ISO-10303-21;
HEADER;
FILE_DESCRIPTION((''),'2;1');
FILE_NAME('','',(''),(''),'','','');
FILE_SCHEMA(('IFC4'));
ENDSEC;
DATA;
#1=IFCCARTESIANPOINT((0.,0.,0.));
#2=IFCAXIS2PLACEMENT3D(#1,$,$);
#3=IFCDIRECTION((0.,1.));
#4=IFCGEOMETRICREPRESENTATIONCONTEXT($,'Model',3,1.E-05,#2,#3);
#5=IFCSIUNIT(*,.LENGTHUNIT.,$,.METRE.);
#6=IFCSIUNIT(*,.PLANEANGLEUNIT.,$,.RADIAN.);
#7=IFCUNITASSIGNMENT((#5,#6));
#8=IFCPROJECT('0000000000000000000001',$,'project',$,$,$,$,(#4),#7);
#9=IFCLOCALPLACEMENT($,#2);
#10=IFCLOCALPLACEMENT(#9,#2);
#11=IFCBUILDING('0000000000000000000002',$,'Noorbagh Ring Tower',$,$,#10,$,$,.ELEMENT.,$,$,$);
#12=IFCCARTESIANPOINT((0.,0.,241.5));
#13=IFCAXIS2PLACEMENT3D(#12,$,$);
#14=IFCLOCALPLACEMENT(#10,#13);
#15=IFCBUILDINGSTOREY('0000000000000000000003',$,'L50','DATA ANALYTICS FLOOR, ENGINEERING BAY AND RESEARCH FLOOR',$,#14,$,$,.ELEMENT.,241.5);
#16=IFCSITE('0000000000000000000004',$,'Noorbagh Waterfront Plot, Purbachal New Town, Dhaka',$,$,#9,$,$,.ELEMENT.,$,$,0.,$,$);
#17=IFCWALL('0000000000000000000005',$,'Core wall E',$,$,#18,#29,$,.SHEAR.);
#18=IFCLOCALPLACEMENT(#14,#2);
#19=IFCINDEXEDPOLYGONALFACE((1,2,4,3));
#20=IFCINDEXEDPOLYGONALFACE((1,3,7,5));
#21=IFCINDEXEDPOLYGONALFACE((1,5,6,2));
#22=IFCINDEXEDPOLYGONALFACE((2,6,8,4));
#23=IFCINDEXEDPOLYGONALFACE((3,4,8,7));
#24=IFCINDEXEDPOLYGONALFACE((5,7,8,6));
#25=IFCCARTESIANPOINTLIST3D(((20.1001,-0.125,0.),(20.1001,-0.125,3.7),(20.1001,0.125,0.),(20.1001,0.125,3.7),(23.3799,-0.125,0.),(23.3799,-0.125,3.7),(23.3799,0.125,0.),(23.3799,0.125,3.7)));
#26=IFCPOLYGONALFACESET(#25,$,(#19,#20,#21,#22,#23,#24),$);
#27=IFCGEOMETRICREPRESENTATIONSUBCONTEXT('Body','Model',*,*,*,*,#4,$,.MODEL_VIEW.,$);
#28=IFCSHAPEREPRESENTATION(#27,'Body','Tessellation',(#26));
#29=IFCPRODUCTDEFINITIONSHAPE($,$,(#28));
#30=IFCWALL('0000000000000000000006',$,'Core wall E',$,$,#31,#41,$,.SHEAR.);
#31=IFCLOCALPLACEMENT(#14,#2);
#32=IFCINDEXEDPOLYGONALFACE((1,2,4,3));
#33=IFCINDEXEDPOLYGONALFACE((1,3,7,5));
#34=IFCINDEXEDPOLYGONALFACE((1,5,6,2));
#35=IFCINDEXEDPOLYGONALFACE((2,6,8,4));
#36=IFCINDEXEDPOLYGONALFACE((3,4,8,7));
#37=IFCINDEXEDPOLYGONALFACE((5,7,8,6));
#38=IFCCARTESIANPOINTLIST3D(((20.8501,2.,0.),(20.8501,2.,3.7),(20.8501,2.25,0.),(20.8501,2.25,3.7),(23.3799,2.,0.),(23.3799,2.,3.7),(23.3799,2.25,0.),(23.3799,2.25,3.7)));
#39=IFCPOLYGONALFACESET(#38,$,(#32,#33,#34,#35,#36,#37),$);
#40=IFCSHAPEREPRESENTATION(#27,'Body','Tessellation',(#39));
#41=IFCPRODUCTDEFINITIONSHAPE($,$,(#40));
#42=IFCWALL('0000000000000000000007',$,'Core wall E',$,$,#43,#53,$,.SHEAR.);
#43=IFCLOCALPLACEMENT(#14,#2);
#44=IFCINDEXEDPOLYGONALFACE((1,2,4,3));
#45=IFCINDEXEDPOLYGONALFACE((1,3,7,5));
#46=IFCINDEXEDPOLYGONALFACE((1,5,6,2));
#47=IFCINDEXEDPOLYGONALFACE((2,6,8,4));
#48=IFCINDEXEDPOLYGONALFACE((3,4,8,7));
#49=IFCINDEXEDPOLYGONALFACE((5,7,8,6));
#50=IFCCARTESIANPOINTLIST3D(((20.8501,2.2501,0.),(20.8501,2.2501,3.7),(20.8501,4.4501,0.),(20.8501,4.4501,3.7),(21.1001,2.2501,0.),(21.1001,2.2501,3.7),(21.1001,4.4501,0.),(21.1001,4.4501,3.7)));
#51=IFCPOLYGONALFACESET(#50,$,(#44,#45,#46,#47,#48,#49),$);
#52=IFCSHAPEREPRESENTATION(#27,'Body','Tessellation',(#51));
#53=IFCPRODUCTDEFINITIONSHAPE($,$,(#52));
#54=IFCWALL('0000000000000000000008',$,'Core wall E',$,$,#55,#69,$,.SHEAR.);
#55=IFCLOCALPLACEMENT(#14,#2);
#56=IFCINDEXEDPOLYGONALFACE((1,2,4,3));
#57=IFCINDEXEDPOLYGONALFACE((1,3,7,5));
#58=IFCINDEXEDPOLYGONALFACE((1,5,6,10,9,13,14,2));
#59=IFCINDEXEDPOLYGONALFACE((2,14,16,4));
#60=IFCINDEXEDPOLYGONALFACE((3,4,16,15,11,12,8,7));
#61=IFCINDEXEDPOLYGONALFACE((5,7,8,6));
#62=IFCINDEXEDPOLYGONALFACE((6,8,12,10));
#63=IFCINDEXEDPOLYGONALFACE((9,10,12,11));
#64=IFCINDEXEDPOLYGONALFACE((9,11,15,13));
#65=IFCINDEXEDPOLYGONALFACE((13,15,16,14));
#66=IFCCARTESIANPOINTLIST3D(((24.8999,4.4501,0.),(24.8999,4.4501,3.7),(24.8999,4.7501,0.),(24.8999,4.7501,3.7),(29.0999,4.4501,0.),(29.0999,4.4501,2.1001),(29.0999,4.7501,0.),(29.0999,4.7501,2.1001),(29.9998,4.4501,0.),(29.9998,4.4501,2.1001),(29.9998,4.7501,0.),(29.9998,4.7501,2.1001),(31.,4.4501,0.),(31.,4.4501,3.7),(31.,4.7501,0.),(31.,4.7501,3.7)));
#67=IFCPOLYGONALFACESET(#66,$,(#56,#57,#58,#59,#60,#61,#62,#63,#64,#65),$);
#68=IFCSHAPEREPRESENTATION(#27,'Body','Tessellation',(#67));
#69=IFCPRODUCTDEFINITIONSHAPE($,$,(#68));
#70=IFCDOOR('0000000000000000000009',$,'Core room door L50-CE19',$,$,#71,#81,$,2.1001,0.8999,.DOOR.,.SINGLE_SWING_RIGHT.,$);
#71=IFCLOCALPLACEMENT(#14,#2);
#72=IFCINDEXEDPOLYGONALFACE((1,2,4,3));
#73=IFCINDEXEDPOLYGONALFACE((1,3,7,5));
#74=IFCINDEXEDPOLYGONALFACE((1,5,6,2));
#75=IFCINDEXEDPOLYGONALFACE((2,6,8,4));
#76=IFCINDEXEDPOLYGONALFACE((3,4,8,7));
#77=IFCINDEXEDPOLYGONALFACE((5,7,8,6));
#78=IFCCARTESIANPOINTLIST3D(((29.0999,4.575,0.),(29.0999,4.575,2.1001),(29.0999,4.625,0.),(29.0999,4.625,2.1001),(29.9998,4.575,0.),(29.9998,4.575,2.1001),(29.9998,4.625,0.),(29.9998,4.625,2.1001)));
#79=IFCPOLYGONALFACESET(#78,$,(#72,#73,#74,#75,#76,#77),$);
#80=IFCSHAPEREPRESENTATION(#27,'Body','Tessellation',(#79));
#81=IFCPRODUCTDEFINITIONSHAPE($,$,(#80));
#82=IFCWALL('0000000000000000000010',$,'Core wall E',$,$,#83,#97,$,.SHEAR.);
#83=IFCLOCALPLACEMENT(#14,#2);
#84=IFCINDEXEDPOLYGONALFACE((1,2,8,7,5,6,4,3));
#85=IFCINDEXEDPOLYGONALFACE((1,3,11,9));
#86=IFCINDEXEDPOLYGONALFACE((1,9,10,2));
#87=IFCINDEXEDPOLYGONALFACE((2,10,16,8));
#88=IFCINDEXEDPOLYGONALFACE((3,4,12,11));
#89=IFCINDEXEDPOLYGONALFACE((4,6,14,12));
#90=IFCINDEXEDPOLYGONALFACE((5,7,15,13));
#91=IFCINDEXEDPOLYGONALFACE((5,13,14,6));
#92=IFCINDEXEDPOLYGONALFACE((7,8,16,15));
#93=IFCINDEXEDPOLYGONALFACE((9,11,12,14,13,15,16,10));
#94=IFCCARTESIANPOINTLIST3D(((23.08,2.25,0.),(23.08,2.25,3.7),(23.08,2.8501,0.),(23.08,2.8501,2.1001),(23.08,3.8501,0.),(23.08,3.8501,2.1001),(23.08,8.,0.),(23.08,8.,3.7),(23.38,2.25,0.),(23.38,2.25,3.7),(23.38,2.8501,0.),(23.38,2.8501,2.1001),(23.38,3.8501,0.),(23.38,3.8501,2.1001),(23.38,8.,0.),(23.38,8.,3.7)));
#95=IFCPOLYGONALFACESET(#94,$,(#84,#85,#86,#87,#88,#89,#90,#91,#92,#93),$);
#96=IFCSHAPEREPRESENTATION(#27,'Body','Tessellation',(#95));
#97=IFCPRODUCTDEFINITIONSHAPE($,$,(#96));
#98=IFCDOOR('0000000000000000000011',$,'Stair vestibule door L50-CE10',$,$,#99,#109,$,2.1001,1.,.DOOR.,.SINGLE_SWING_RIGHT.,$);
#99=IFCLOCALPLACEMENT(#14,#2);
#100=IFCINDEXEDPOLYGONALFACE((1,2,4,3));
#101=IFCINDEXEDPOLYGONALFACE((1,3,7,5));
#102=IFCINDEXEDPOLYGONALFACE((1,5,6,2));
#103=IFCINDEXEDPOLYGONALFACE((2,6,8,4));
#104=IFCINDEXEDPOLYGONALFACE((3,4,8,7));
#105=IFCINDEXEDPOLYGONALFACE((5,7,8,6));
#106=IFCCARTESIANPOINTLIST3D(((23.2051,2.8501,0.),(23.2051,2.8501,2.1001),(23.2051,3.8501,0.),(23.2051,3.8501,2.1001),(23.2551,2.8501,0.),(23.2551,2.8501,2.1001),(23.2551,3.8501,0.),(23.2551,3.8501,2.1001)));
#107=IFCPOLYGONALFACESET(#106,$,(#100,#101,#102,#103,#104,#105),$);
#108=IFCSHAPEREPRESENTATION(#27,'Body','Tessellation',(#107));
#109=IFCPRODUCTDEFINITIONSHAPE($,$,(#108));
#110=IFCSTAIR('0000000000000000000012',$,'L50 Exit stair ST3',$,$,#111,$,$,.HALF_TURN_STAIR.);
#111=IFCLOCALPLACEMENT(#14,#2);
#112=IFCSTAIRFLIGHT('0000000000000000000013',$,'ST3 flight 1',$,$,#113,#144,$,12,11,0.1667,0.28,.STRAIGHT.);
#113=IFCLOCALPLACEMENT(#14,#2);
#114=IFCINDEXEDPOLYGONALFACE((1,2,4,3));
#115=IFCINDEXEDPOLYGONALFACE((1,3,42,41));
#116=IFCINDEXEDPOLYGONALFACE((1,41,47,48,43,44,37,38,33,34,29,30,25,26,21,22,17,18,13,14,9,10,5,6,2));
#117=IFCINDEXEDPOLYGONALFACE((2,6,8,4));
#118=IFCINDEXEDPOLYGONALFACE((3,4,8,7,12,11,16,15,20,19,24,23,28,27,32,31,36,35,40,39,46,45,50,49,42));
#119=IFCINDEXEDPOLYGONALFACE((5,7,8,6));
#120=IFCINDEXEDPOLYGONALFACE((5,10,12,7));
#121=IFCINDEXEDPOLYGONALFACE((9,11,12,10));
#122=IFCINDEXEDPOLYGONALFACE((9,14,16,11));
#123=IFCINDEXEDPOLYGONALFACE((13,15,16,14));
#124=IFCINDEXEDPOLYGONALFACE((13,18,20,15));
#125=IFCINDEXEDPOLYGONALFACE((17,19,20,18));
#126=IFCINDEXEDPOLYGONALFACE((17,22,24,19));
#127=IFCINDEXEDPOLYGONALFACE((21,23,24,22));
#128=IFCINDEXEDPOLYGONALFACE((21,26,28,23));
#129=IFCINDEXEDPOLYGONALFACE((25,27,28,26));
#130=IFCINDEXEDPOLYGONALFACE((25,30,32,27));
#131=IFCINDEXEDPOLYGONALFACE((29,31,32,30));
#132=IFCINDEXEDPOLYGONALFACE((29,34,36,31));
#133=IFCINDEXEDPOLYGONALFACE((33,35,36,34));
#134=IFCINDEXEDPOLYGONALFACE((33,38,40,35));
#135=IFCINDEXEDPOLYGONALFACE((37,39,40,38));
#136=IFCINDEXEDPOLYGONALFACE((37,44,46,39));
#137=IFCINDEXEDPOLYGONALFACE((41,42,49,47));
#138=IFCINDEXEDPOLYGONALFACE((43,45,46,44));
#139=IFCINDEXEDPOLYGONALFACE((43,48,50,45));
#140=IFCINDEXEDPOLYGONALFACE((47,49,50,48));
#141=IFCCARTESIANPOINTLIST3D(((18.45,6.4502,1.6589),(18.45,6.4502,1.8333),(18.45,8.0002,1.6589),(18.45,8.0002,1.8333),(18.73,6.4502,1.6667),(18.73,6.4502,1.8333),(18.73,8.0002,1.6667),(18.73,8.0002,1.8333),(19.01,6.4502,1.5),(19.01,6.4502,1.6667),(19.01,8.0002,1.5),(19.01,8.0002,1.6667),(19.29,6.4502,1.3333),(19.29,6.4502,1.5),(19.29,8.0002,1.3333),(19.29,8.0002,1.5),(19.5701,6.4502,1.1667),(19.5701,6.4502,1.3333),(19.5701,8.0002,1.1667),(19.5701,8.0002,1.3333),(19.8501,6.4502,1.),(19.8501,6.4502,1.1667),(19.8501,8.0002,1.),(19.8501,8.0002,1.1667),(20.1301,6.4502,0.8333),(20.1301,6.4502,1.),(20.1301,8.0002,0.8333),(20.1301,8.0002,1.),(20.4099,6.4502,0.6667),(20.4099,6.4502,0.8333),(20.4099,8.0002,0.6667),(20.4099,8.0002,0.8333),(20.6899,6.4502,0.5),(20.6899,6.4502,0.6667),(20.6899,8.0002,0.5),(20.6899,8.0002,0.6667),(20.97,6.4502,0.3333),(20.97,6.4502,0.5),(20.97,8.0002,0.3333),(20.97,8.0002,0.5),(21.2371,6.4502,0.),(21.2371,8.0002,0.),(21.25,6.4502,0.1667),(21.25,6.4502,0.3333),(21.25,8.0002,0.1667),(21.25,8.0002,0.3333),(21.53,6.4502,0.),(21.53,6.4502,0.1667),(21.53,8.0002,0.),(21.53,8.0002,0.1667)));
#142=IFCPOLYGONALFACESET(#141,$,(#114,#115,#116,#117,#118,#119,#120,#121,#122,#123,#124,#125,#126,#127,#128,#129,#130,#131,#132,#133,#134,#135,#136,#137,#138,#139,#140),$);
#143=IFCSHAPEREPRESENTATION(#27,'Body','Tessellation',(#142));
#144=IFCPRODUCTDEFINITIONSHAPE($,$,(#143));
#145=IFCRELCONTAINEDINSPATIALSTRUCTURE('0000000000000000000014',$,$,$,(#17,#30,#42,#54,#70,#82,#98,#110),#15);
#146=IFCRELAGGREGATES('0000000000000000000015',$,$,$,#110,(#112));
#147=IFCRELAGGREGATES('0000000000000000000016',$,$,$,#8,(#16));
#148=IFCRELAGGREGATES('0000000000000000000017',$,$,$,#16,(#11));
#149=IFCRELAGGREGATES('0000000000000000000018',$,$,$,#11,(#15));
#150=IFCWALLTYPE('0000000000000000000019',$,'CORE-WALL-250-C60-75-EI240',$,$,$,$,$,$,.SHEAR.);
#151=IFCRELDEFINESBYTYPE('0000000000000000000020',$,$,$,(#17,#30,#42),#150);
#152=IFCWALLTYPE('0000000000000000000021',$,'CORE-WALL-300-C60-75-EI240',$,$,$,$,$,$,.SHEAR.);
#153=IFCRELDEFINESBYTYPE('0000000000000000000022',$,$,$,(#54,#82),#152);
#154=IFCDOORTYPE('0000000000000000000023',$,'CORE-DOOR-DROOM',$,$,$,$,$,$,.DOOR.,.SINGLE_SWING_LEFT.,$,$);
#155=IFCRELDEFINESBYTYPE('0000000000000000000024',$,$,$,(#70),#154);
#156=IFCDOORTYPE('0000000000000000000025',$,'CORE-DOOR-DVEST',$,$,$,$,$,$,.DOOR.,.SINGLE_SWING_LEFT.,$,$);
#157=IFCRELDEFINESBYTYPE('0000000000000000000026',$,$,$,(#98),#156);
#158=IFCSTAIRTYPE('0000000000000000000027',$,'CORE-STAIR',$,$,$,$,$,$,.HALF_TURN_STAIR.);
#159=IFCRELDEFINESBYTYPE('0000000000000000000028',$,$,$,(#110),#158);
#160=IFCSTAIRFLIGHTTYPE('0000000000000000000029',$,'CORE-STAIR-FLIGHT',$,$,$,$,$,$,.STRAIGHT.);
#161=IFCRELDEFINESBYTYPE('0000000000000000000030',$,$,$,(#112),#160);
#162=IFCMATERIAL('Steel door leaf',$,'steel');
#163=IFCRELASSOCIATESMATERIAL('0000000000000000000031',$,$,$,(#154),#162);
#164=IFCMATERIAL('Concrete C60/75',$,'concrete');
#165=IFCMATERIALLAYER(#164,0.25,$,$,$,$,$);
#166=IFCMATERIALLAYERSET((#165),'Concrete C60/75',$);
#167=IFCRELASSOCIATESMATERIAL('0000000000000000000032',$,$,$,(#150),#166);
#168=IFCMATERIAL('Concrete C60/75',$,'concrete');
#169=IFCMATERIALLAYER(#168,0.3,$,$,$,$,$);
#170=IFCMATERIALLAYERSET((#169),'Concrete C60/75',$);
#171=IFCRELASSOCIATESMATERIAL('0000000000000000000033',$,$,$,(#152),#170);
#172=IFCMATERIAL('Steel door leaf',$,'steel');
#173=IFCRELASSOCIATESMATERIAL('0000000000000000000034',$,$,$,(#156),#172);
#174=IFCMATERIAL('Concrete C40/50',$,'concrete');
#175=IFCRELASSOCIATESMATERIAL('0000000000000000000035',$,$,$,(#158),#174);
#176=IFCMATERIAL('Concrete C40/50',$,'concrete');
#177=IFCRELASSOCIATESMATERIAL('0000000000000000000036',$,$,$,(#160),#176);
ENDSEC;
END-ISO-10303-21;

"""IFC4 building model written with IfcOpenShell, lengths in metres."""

from ifc_helpers import new_model, si_unit, direction, frame, frame_2d, origin, place, context, subcontext, project, spatial, polyline, rectangle, outline, extrude, material, layer, layer_set, type_object, element, fill, aggregate, save


model = new_model("IFC4")

# Units and contexts
model_context = context("Model", 3, precision=1e-05, world=origin(), true_north=direction((0.0, 1.0)))
body_context = subcontext(model_context, "Body", "Model", "MODEL_VIEW")
ifc_project = project(units=[si_unit("LENGTHUNIT", "METRE"), si_unit("PLANEANGLEUNIT", "RADIAN")], contexts=[model_context])

# Site, building, storey
site_placement = place(None, origin())
site = spatial("IfcSite", under=ifc_project, at=site_placement, Name="Noorbagh Waterfront Plot, Purbachal New Town, Dhaka", CompositionType="ELEMENT", RefElevation=0.0)
building_placement = place(site_placement, origin())
building = spatial("IfcBuilding", under=site, at=building_placement, Name="Noorbagh Ring Tower", CompositionType="ELEMENT")
storey_placement = place(building_placement, frame((0.0, 0.0, 241.5)))
storey = spatial("IfcBuildingStorey", under=building, at=storey_placement, Name="L50", Description="DATA ANALYTICS FLOOR, ENGINEERING BAY AND RESEARCH FLOOR", CompositionType="ELEMENT", Elevation=241.5)

# Shared definitions
ifc_material_1 = material(Name="Steel door leaf", Category="steel")
door_type_1 = type_object("IfcDoorType", Name="CORE-DOOR-DROOM", OperationType="SINGLE_SWING_LEFT", PredefinedType="DOOR", material=ifc_material_1)

# Walls
ifc_material_2 = material(Name="Concrete C60/75", Category="concrete")
ifc_layer_1 = layer(ifc_material_2, 0.25)
ifc_layer_set_1 = layer_set([ifc_layer_1], Name="Concrete C60/75")
wall_type_1 = type_object("IfcWallType", Name="CORE-WALL-250-C60-75-EI240", PredefinedType="SHEAR", material=ifc_layer_set_1)
wall_1_placement = place(storey_placement, frame((20.1001, 0.0, 0.0), z_axis=(0.0, 0.0, 1.0), x_axis=(1.0, 0.0, 0.0)))
element("IfcWall", 1, at=wall_1_placement, inside=storey, type_object=wall_type_1, Name="Core wall E", PredefinedType="SHEAR", context=body_context, shape_type="SweptSolid", body=[
    extrude(rectangle(XDim=3.2798, YDim=0.25, at=frame_2d((1.6399, 0.0))), origin(), (0.0, 0.0, 1.0), 3.7),
])
wall_2_placement = place(storey_placement, frame((20.8501, 2.125, 0.0), z_axis=(0.0, 0.0, 1.0), x_axis=(1.0, 0.0, 0.0)))
element("IfcWall", 2, at=wall_2_placement, inside=storey, type_object=wall_type_1, Name="Core wall E", PredefinedType="SHEAR", context=body_context, shape_type="SweptSolid", body=[
    extrude(rectangle(XDim=2.5298, YDim=0.25, at=frame_2d((1.2649, 0.0))), origin(), (0.0, 0.0, 1.0), 3.7),
])
wall_3_placement = place(storey_placement, frame((20.9751, 2.25, 0.0), z_axis=(0.0, 0.0, 1.0), x_axis=(0.0, 1.0, 0.0)))
element("IfcWall", 3, at=wall_3_placement, inside=storey, type_object=wall_type_1, Name="Core wall E", PredefinedType="SHEAR", context=body_context, shape_type="SweptSolid", body=[
    extrude(rectangle(XDim=2.2, YDim=0.25, at=frame_2d((1.1001, 0.0))), origin(), (0.0, 0.0, 1.0), 3.7),
])

# Walls, openings, doors
ifc_material_3 = material(Name="Concrete C60/75", Category="concrete")
ifc_layer_2 = layer(ifc_material_3, 0.3)
ifc_layer_set_2 = layer_set([ifc_layer_2], Name="Concrete C60/75")
wall_type_2 = type_object("IfcWallType", Name="CORE-WALL-300-C60-75-EI240", PredefinedType="SHEAR", material=ifc_layer_set_2)
wall_4_placement = place(storey_placement, frame((24.8999, 4.6001, 0.0), z_axis=(0.0, 0.0, 1.0), x_axis=(1.0, 0.0, 0.0)))
wall_4 = element("IfcWall", 4, at=wall_4_placement, inside=storey, type_object=wall_type_2, Name="Core wall E", PredefinedType="SHEAR", context=body_context, shape_type="SweptSolid", body=[
    extrude(rectangle(XDim=6.1001, YDim=0.3, at=frame_2d((3.05, 0.0))), origin(), (0.0, 0.0, 1.0), 3.7),
])
opening_1_placement = place(wall_4_placement, frame((4.2, 0.0, 0.0)))
opening_1 = element("IfcOpeningElement", 5, at=opening_1_placement, cuts=wall_4, PredefinedType="OPENING", context=body_context, shape_type="SweptSolid", body=[
    extrude(rectangle(XDim=0.8999, YDim=2.1001, at=frame_2d((0.45, 1.05))), frame((0.0, 0.1602, 0.0), z_axis=(0.0, -1.0, 0.0), x_axis=(1.0, 0.0, 0.0)), (0.0, 0.0, 1.0), 0.3201),
])
door_1_placement = place(opening_1_placement, origin())
door_1 = element("IfcDoor", 6, at=door_1_placement, inside=storey, type_object=door_type_1, Name="Core room door L50-CE19", OperationType="SINGLE_SWING_RIGHT", OverallHeight=2.1001, OverallWidth=0.8999, PredefinedType="DOOR", context=body_context, shape_type="SweptSolid", body=[
    extrude(rectangle(XDim=0.8999, YDim=2.1001, at=frame_2d((0.45, 1.05))), frame((0.0, 0.0249, 0.0), z_axis=(0.0, -1.0, 0.0), x_axis=(1.0, 0.0, 0.0)), (0.0, 0.0, 1.0), 0.05),
])
fill(opening_1, door_1)
wall_5_placement = place(storey_placement, frame((23.23, 2.25, 0.0), z_axis=(0.0, 0.0, 1.0), x_axis=(0.0, 1.0, 0.0)))
wall_5 = element("IfcWall", 7, at=wall_5_placement, inside=storey, type_object=wall_type_2, Name="Core wall E", PredefinedType="SHEAR", context=body_context, shape_type="SweptSolid", body=[
    extrude(rectangle(XDim=5.75, YDim=0.3, at=frame_2d((2.875, 0.0))), origin(), (0.0, 0.0, 1.0), 3.7),
])
opening_2_placement = place(wall_5_placement, frame((0.6001, 0.0, 0.0)))
opening_2 = element("IfcOpeningElement", 8, at=opening_2_placement, cuts=wall_5, PredefinedType="OPENING", context=body_context, shape_type="SweptSolid", body=[
    extrude(rectangle(XDim=1.0, YDim=2.1001, at=frame_2d((0.5, 1.05))), frame((0.0, 0.1602, 0.0), z_axis=(0.0, -1.0, 0.0), x_axis=(1.0, 0.0, 0.0)), (0.0, 0.0, 1.0), 0.3201),
])
ifc_material_4 = material(Name="Steel door leaf", Category="steel")
door_type_2 = type_object("IfcDoorType", Name="CORE-DOOR-DVEST", OperationType="SINGLE_SWING_LEFT", PredefinedType="DOOR", material=ifc_material_4)
door_2_placement = place(opening_2_placement, origin())
door_2 = element("IfcDoor", 9, at=door_2_placement, inside=storey, type_object=door_type_2, Name="Stair vestibule door L50-CE10", OperationType="SINGLE_SWING_RIGHT", OverallHeight=2.1001, OverallWidth=1.0, PredefinedType="DOOR", context=body_context, shape_type="SweptSolid", body=[
    extrude(rectangle(XDim=1.0, YDim=2.1001, at=frame_2d((0.5, 1.05))), frame((0.0, 0.0249, 0.0), z_axis=(0.0, -1.0, 0.0), x_axis=(1.0, 0.0, 0.0)), (0.0, 0.0, 1.0), 0.05),
])
fill(opening_2, door_2)

# Stair, stair flight
ifc_material_5 = material(Name="Concrete C40/50", Category="concrete")
stair_type = type_object("IfcStairType", Name="CORE-STAIR", PredefinedType="HALF_TURN_STAIR", material=ifc_material_5)
stair_placement = place(storey_placement, origin())
stair = element("IfcStair", 10, at=stair_placement, inside=storey, type_object=stair_type, Name="L50 Exit stair ST3", PredefinedType="HALF_TURN_STAIR")
ifc_material_6 = material(Name="Concrete C40/50", Category="concrete")
stair_flight_type = type_object("IfcStairFlightType", Name="CORE-STAIR-FLIGHT", PredefinedType="STRAIGHT", material=ifc_material_6)
stair_flight_placement = place(storey_placement, frame((21.53, 7.2251, 0.0), z_axis=(0.0, 0.0, 1.0), x_axis=(-1.0, 0.0, 0.0)))
stair_flight = element("IfcStairFlight", 11, at=stair_flight_placement, type_object=stair_flight_type, Name="ST3 flight 1", NumberOfRisers=12, NumberOfTreads=11, PredefinedType="STRAIGHT", RiserHeight=0.1667, TreadLength=0.28, context=body_context, shape_type="SweptSolid", body=[
    extrude(outline(polyline([(0.0, 0.0), (0.0, 0.1667), (0.28, 0.1667), (0.28, 0.3333), (0.5601, 0.3333), (0.5601, 0.5), (0.8401, 0.5), (0.8401, 0.6667), (1.1201, 0.6667), (1.1201, 0.8333), (1.3999, 0.8333), (1.3999, 1.0), (1.6799, 1.0), (1.6799, 1.1667), (1.96, 1.1667), (1.96, 1.3333), (2.24, 1.3333), (2.24, 1.5), (2.52, 1.5), (2.52, 1.6667), (2.8, 1.6667), (2.8, 1.8333), (3.0801, 1.8333), (3.0801, 2.0), (3.0801, 1.6589), (0.293, 0.0), (0.0, 0.0)])), frame((0.0, 0.7749, 0.0), z_axis=(0.0, -1.0, 0.0), x_axis=(1.0, 0.0, 0.0)), (0.0, 0.0, 1.0), 1.55),
])
aggregate(stair, [stair_flight])

save(model, "model.ifc")
